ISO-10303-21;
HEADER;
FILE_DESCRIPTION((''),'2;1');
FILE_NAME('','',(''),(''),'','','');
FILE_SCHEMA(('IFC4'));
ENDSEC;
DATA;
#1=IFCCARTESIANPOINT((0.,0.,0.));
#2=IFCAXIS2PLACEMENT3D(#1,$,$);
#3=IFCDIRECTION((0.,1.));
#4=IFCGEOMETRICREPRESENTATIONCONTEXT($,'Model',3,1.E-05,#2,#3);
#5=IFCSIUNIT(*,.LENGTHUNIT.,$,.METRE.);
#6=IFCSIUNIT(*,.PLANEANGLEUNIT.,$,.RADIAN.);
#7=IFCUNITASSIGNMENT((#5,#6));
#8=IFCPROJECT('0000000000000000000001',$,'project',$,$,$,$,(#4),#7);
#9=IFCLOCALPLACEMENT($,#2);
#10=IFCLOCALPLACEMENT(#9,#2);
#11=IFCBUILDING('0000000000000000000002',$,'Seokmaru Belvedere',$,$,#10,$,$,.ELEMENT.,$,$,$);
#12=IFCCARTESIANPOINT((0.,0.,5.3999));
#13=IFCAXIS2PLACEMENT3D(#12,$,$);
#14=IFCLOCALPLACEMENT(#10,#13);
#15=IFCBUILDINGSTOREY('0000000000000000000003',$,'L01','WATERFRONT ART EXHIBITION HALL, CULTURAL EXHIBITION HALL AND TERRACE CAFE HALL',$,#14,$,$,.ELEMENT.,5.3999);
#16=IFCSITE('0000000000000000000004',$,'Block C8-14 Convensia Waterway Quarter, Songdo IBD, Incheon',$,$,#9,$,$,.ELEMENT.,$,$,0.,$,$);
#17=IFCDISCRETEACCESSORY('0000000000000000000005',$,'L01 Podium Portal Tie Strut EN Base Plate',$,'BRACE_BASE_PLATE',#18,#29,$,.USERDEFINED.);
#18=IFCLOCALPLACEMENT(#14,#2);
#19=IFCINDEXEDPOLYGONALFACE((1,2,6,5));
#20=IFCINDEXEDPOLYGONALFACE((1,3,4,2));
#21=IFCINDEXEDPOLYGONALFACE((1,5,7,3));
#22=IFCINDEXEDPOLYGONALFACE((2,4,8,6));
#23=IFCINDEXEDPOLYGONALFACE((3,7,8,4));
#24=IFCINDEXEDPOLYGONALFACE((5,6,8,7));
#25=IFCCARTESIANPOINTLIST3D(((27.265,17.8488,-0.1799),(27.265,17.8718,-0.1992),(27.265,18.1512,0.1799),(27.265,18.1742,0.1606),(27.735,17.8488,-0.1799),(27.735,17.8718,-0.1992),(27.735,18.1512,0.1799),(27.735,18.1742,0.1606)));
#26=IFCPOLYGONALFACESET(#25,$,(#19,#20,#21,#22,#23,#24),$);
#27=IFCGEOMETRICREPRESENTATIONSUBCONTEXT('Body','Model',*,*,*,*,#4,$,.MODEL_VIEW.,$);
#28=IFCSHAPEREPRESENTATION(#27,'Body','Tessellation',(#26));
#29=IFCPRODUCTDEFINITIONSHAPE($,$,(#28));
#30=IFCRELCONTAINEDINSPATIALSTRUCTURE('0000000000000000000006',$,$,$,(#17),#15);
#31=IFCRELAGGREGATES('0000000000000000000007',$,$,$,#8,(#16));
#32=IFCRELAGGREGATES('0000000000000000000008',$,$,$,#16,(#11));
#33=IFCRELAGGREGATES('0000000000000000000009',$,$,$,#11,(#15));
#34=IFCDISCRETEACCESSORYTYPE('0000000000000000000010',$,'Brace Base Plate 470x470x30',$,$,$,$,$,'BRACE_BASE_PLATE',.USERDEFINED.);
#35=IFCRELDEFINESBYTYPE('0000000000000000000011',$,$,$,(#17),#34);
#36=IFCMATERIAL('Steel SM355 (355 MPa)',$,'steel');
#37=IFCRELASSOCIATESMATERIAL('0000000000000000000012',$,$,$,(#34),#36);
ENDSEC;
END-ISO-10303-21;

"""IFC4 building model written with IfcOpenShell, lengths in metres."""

from ifc_helpers import new_model, si_unit, direction, frame, origin, origin_2d, place, context, subcontext, project, spatial, rectangle, extrude, material, type_object, element, save


model = new_model("IFC4")

# Units and contexts
model_context = context("Model", 3, precision=1e-05, world=origin(), true_north=direction((0.0, 1.0)))
body_context = subcontext(model_context, "Body", "Model", "MODEL_VIEW")
ifc_project = project(units=[si_unit("LENGTHUNIT", "METRE"), si_unit("PLANEANGLEUNIT", "RADIAN")], contexts=[model_context])

# Site, building, storey
site_placement = place(None, origin())
site = spatial("IfcSite", under=ifc_project, at=site_placement, Name="Block C8-14 Convensia Waterway Quarter, Songdo IBD, Incheon", CompositionType="ELEMENT", RefElevation=0.0)
building_placement = place(site_placement, origin())
building = spatial("IfcBuilding", under=site, at=building_placement, Name="Seokmaru Belvedere", CompositionType="ELEMENT")
storey_placement = place(building_placement, frame((0.0, 0.0, 5.3999)))
storey = spatial("IfcBuildingStorey", under=building, at=storey_placement, Name="L01", Description="WATERFRONT ART EXHIBITION HALL, CULTURAL EXHIBITION HALL AND TERRACE CAFE HALL", CompositionType="ELEMENT", Elevation=5.3999)

# Shared definitions
ifc_material_1 = material(Name="Steel SM355 (355 MPa)", Category="steel")

# Discrete accessory
discrete_accessory_type = type_object("IfcDiscreteAccessoryType", Name="Brace Base Plate 470x470x30", ElementType="BRACE_BASE_PLATE", PredefinedType="USERDEFINED", material=ifc_material_1)
discrete_accessory_placement = place(storey_placement, frame((27.5, 18.0, 0.0), z_axis=(0.0, 0.765544, -0.643383), x_axis=(-1.0, 0.0, 0.0)))
element("IfcDiscreteAccessory", 1, at=discrete_accessory_placement, inside=storey, type_object=discrete_accessory_type, Name="L01 Podium Portal Tie Strut EN Base Plate", ObjectType="BRACE_BASE_PLATE", PredefinedType="USERDEFINED", context=body_context, shape_type="SweptSolid", body=[
    extrude(rectangle(XDim=0.47, YDim=0.47, at=origin_2d()), origin(), (0.0, 0.0, 1.0), 0.03),
])

save(model, "model.ifc")
